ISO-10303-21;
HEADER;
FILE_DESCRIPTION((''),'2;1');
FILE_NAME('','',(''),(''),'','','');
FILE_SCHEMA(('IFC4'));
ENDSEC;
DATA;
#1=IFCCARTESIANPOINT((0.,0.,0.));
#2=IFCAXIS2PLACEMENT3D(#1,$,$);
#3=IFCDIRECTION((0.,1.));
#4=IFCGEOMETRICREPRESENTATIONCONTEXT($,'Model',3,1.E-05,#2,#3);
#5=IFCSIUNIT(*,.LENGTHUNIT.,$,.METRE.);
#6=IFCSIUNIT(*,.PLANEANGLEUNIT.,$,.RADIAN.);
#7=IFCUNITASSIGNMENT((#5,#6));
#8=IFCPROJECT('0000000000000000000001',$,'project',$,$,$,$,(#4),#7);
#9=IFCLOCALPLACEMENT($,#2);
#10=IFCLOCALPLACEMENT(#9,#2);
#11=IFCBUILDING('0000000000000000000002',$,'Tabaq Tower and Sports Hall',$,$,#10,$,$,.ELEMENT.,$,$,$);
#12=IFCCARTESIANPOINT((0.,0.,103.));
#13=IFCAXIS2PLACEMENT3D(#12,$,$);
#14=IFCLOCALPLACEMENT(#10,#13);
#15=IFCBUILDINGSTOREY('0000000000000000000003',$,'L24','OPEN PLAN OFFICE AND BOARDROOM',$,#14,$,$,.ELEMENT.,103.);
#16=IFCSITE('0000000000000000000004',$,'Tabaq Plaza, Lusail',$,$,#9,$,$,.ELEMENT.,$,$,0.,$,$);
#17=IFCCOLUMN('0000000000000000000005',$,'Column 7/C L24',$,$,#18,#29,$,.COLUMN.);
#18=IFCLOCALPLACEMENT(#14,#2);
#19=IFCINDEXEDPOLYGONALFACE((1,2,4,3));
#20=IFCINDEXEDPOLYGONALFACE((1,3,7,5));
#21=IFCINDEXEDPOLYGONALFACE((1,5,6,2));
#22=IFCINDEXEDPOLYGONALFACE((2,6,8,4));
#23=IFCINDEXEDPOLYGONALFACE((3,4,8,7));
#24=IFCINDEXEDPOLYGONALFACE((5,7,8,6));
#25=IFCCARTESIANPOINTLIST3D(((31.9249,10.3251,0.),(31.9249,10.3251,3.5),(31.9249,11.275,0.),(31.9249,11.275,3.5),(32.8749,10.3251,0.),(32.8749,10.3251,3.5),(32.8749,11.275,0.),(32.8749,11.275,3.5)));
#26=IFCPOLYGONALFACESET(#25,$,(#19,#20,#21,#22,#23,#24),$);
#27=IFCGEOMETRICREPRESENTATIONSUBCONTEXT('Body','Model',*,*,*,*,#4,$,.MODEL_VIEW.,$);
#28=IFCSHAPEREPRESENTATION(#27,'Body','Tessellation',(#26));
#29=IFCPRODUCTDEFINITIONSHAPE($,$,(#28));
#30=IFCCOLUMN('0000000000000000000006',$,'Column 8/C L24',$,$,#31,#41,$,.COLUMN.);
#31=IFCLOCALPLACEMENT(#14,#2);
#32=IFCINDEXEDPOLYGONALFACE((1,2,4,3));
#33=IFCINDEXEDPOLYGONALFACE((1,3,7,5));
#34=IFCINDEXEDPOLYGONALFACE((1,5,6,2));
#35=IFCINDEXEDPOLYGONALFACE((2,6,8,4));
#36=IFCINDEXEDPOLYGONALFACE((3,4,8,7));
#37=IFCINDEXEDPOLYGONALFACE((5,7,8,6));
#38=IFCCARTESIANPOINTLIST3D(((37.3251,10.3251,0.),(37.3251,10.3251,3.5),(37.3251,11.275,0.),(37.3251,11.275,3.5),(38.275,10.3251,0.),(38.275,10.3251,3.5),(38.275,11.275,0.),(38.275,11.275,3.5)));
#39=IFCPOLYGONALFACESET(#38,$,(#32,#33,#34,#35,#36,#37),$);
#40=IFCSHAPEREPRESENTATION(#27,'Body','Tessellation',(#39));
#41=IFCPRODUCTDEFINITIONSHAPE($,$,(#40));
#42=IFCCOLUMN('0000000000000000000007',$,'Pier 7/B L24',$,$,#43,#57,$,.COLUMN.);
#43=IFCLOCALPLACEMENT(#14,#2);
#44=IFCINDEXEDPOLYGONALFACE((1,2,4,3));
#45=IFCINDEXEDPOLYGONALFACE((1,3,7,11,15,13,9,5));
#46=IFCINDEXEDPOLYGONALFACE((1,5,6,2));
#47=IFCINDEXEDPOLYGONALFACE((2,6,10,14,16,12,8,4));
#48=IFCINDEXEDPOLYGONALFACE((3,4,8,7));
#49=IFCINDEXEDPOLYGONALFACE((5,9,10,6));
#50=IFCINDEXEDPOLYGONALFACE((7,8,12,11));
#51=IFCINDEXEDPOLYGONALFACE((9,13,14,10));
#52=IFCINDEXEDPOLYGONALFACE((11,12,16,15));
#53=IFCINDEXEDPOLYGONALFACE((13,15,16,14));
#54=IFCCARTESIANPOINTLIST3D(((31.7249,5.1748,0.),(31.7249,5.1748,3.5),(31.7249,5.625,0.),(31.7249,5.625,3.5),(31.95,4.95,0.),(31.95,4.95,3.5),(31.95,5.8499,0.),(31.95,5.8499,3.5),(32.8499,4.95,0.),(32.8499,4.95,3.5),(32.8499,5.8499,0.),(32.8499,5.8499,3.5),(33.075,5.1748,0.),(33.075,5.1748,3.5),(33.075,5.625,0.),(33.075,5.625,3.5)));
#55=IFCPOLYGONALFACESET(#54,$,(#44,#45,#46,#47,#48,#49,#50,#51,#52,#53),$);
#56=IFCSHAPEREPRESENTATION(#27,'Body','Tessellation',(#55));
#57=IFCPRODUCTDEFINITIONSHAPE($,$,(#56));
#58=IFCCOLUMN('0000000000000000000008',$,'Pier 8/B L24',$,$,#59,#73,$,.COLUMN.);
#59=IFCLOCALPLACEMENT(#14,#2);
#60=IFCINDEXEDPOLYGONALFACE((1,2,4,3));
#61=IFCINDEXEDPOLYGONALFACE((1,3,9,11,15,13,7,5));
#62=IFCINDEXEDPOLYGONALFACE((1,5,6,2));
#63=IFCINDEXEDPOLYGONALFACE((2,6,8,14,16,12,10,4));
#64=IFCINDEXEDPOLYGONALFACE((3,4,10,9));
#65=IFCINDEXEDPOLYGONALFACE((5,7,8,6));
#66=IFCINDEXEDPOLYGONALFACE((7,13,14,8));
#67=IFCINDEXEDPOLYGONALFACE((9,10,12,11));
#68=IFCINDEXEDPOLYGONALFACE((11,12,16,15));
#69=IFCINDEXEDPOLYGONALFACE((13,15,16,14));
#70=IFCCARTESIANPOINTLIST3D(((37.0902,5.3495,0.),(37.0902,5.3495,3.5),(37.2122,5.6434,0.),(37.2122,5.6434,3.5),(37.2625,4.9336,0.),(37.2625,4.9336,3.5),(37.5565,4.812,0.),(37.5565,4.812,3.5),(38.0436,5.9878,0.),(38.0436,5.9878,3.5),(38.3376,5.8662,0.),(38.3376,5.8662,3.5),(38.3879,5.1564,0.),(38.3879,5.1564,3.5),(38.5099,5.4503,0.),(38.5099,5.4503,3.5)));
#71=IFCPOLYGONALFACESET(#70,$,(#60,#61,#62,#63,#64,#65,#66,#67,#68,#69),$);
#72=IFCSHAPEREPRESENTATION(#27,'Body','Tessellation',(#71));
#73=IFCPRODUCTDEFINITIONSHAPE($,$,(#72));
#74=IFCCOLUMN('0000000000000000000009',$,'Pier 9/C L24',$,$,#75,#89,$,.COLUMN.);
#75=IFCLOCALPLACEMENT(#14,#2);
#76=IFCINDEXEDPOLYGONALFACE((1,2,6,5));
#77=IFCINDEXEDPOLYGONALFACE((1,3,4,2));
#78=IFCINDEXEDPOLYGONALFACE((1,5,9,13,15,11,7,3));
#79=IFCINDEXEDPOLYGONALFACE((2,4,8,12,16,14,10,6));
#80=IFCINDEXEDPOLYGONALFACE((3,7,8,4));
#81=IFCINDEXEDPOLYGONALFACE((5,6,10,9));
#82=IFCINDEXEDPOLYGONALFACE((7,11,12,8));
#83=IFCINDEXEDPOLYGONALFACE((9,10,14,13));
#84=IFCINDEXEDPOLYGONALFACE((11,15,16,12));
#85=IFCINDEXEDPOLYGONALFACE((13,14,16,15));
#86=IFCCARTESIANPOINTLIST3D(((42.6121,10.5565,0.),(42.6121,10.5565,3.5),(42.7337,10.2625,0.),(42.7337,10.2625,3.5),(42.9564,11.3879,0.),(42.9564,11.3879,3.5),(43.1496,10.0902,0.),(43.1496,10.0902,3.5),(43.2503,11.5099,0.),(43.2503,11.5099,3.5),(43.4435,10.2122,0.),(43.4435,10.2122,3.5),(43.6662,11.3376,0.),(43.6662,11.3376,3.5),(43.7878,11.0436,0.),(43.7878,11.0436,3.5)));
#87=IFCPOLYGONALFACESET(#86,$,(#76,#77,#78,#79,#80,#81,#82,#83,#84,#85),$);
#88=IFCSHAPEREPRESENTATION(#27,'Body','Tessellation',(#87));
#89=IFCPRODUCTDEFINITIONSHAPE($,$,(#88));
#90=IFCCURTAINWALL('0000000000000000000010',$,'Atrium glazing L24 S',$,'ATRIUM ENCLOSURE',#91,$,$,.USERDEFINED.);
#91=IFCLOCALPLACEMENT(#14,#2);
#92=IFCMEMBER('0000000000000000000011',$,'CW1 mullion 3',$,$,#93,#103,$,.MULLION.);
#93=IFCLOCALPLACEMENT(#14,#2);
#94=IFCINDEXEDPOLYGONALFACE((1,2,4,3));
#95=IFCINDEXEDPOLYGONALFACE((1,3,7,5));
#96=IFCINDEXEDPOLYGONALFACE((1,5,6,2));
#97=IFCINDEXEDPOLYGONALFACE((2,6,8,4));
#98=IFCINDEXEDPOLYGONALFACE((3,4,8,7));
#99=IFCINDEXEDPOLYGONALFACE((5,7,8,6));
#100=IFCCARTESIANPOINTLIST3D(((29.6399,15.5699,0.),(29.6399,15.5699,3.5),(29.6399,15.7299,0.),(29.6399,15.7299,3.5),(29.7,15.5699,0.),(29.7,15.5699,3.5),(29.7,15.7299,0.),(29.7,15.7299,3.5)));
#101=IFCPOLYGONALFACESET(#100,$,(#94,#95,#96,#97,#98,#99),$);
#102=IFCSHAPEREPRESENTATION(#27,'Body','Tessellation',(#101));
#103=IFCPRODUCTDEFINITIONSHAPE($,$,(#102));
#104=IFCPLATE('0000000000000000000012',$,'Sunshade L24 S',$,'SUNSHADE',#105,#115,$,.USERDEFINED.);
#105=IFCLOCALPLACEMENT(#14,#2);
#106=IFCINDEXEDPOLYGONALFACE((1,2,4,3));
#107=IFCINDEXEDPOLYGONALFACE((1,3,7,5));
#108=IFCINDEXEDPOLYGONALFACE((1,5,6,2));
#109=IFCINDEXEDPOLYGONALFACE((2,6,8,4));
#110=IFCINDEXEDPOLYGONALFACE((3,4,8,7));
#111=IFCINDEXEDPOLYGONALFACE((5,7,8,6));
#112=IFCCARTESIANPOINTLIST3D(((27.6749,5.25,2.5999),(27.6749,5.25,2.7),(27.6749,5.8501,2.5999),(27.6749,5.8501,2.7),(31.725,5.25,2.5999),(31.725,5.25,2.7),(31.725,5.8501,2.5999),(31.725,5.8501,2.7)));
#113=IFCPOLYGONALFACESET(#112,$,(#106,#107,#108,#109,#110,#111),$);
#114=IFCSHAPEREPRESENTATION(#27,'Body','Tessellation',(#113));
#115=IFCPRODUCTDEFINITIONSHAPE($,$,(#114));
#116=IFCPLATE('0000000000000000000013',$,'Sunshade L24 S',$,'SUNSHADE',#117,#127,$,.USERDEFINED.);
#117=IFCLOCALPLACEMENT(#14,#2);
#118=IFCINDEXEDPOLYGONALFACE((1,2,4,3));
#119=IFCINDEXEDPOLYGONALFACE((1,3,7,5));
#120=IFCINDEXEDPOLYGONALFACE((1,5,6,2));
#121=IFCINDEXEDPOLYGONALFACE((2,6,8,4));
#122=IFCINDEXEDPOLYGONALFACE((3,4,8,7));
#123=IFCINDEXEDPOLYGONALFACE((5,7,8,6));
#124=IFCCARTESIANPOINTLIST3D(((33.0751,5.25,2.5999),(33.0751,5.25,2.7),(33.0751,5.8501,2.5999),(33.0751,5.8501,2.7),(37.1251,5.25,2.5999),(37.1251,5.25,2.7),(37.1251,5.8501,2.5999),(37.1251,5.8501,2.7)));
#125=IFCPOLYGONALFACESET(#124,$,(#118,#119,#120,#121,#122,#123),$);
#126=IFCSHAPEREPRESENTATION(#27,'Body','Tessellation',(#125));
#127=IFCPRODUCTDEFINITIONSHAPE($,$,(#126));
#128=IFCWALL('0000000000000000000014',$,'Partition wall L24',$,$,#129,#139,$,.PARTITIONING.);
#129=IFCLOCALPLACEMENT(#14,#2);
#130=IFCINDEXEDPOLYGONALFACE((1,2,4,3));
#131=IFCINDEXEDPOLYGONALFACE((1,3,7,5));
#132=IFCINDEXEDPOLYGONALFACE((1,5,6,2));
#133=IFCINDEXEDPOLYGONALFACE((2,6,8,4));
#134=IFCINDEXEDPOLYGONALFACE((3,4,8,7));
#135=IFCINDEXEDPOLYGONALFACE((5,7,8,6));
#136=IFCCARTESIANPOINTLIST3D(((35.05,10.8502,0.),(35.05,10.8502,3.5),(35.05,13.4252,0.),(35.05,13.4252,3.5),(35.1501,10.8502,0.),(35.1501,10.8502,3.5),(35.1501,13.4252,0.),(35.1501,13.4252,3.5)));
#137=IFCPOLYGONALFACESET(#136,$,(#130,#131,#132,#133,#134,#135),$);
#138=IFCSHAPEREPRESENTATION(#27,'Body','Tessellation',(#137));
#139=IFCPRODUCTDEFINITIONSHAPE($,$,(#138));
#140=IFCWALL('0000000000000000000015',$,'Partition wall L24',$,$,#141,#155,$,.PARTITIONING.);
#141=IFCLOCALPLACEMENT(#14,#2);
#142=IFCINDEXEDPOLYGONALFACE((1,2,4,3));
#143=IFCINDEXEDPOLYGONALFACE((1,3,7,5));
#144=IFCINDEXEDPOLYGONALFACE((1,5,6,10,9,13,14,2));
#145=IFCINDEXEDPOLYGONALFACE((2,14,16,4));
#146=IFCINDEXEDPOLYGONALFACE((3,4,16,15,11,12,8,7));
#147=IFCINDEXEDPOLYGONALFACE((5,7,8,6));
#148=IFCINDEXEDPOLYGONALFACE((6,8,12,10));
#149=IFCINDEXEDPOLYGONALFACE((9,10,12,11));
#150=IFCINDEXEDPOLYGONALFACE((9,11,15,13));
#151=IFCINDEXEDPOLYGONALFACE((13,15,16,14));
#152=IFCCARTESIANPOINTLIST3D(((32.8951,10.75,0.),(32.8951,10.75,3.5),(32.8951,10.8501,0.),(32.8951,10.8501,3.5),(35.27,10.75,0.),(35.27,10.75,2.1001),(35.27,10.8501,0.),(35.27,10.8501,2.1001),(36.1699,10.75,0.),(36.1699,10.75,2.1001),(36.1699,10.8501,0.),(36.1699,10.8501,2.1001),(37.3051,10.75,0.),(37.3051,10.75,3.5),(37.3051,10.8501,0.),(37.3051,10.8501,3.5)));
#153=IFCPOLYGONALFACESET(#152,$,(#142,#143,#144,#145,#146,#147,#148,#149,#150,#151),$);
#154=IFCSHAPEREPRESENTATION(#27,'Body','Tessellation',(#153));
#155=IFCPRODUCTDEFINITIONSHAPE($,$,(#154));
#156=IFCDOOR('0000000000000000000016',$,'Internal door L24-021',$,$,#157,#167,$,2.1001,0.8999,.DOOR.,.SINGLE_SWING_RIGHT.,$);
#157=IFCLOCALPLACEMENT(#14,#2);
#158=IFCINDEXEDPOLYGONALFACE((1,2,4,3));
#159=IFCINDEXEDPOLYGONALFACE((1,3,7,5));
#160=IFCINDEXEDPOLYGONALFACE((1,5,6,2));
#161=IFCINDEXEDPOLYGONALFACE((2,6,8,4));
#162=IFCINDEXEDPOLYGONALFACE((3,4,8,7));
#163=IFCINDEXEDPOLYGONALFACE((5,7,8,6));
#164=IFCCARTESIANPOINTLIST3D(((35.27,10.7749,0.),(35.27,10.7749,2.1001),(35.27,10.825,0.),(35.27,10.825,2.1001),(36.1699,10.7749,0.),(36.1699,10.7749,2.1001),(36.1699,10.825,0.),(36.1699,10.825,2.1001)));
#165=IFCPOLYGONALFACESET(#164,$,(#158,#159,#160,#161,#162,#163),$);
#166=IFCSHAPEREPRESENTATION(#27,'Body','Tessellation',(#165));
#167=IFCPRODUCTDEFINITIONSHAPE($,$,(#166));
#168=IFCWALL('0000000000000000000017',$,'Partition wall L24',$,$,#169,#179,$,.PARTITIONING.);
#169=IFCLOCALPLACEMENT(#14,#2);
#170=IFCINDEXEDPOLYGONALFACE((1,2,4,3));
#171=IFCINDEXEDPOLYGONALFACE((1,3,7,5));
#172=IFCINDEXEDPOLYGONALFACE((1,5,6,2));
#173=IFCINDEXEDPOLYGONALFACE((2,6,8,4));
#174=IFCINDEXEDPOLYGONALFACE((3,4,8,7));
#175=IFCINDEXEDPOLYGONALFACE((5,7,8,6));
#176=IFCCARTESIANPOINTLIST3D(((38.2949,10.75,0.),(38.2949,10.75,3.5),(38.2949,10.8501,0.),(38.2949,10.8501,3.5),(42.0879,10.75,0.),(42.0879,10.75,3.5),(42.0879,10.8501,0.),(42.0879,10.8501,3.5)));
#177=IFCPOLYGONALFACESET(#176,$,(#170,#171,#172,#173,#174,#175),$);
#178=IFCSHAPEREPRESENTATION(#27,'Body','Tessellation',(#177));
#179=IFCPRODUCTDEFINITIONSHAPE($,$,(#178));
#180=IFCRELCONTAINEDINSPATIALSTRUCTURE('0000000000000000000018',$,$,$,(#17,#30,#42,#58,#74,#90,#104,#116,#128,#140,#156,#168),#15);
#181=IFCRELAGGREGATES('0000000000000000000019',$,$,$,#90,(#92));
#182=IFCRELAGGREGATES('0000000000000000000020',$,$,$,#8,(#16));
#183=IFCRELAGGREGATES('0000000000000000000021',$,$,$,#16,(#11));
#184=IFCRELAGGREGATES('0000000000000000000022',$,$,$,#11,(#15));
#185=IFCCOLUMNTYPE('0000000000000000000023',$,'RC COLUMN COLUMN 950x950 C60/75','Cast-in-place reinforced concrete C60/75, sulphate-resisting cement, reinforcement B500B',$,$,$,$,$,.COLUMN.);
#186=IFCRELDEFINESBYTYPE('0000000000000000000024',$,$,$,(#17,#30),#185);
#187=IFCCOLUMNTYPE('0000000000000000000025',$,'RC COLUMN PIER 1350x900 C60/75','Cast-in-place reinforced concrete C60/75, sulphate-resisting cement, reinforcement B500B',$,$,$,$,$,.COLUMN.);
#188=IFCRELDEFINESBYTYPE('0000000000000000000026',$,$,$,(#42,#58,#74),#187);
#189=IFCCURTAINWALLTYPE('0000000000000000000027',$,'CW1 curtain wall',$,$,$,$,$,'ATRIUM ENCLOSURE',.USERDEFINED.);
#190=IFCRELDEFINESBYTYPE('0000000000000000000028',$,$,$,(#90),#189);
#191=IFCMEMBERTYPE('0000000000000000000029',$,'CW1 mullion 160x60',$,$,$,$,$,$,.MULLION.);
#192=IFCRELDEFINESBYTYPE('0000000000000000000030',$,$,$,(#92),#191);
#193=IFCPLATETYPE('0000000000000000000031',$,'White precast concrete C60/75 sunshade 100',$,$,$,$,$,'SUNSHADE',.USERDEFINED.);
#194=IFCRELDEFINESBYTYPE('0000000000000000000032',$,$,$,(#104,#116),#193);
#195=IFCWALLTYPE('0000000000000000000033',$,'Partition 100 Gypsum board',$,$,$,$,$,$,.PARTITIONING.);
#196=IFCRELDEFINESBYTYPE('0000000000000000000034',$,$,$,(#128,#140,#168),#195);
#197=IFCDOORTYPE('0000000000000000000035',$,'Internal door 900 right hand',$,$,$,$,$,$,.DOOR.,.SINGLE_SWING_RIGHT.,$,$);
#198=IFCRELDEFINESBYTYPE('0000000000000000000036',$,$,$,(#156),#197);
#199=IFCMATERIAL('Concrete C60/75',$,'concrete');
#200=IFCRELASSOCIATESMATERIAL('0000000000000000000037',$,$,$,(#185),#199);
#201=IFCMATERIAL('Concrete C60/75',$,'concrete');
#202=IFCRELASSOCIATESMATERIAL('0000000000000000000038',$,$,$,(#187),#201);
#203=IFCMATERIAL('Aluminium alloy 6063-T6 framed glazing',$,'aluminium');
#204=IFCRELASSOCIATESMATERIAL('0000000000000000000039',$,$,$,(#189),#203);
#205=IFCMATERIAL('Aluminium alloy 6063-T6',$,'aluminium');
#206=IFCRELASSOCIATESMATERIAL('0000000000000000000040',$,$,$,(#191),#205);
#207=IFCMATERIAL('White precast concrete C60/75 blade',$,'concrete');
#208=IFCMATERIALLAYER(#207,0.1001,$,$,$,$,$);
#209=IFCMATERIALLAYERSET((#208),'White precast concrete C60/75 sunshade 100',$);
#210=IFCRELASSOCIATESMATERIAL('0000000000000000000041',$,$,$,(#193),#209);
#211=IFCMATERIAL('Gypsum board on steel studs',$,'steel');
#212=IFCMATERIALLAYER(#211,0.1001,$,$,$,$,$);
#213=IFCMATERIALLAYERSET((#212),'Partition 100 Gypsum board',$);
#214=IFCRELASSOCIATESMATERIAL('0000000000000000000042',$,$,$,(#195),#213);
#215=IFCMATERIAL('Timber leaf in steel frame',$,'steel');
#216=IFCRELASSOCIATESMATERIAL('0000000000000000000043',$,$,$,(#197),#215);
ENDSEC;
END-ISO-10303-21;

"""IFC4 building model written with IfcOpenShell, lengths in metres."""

from ifc_helpers import new_model, si_unit, direction, frame, frame_2d, origin, origin_2d, place, context, subcontext, project, spatial, polyline, rectangle, outline, extrude, material, layer, layer_set, material_profile, profile_set, type_object, element, fill, aggregate, save


model = new_model("IFC4")

# Units and contexts
model_context = context("Model", 3, precision=1e-05, world=origin(), true_north=direction((0.0, 1.0)))
body_context = subcontext(model_context, "Body", "Model", "MODEL_VIEW")
ifc_project = project(units=[si_unit("LENGTHUNIT", "METRE"), si_unit("PLANEANGLEUNIT", "RADIAN")], contexts=[model_context])

# Site, building, storey
site_placement = place(None, origin())
site = spatial("IfcSite", under=ifc_project, at=site_placement, Name="Tabaq Plaza, Lusail", CompositionType="ELEMENT", RefElevation=0.0)
building_placement = place(site_placement, origin())
building = spatial("IfcBuilding", under=site, at=building_placement, Name="Tabaq Tower and Sports Hall", CompositionType="ELEMENT")
storey_placement = place(building_placement, frame((0.0, 0.0, 103.0)))
storey = spatial("IfcBuildingStorey", under=building, at=storey_placement, Name="L24", Description="OPEN PLAN OFFICE AND BOARDROOM", CompositionType="ELEMENT", Elevation=103.0)

# Columns
ifc_material_1 = material(Name="Concrete C60/75", Category="concrete")
ifc_material_profile_1 = material_profile(ifc_material_1, rectangle(XDim=0.95, YDim=0.95, at=origin_2d()), Name="COLUMN 950x950")
ifc_profile_set_1 = profile_set([ifc_material_profile_1], Name="Concrete C60/75")
column_type_1 = type_object("IfcColumnType", Name="RC COLUMN COLUMN 950x950 C60/75", Description="Cast-in-place reinforced concrete C60/75, sulphate-resisting cement, reinforcement B500B", PredefinedType="COLUMN", material=ifc_profile_set_1)
for number, where, z_axis, x_axis, name in (
    (1, (32.3999, 10.8, 0.0), (0.0, 0.0, 1.0), (1.0, 0.0, 0.0), "Column 7/C L24"),
    (2, (37.8, 10.8, 0.0), (0.0, 0.0, 1.0), (1.0, 0.0, 0.0), "Column 8/C L24"),
):
    element("IfcColumn", number, at=place(storey_placement, frame(where, z_axis=z_axis, x_axis=x_axis)), inside=storey, type_object=column_type_1, Name=name, PredefinedType="COLUMN", context=body_context, shape_type="SweptSolid", body=[
        extrude(rectangle(XDim=0.95, YDim=0.95, at=origin_2d()), origin(), (0.0, 0.0, 1.0), 3.5),
    ])
ifc_material_2 = material(Name="Concrete C60/75", Category="concrete")
ifc_material_profile_2 = material_profile(ifc_material_2, outline(polyline([(-0.45, -0.45), (0.45, -0.45), (0.675, -0.2251), (0.675, 0.2251), (0.45, 0.45), (-0.45, 0.45), (-0.675, 0.2251), (-0.675, -0.2251), (-0.45, -0.45)])), Name="PIER 1350x900")
ifc_profile_set_2 = profile_set([ifc_material_profile_2], Name="Concrete C60/75")
column_type_2 = type_object("IfcColumnType", Name="RC COLUMN PIER 1350x900 C60/75", Description="Cast-in-place reinforced concrete C60/75, sulphate-resisting cement, reinforcement B500B", PredefinedType="COLUMN", material=ifc_profile_set_2)
for number, where, z_axis, x_axis, name in (
    (3, (32.3999, 5.3999, 0.0), (0.0, 0.0, 1.0), (1.0, 0.0, 0.0), "Pier 7/B L24"),
    (4, (37.8, 5.3999, 0.0), (0.0, 0.0, 1.0), (0.92388, 0.382683, 0.0), "Pier 8/B L24"),
    (5, (43.2, 10.8, 0.0), (0.0, 0.0, 1.0), (0.382683, 0.92388, 0.0), "Pier 9/C L24"),
):
    element("IfcColumn", number, at=place(storey_placement, frame(where, z_axis=z_axis, x_axis=x_axis)), inside=storey, type_object=column_type_2, Name=name, PredefinedType="COLUMN", context=body_context, shape_type="SweptSolid", body=[
        extrude(outline(polyline([(-0.45, -0.45), (0.45, -0.45), (0.675, -0.2251), (0.675, 0.2251), (0.45, 0.45), (-0.45, 0.45), (-0.675, 0.2251), (-0.675, -0.2251), (-0.45, -0.45)])), origin(), (0.0, 0.0, 1.0), 3.5),
    ])

# Curtain wall, member
ifc_material_3 = material(Name="Aluminium alloy 6063-T6 framed glazing", Category="aluminium")
curtain_wall_type = type_object("IfcCurtainWallType", Name="CW1 curtain wall", ElementType="ATRIUM ENCLOSURE", PredefinedType="USERDEFINED", material=ifc_material_3)
curtain_wall_placement = place(storey_placement, origin())
curtain_wall = element("IfcCurtainWall", 6, at=curtain_wall_placement, inside=storey, type_object=curtain_wall_type, Name="Atrium glazing L24 S", ObjectType="ATRIUM ENCLOSURE", PredefinedType="USERDEFINED")
ifc_material_4 = material(Name="Aluminium alloy 6063-T6", Category="aluminium")
ifc_material_profile_3 = material_profile(ifc_material_4, rectangle(XDim=0.1599, YDim=0.0601, at=origin_2d()), Name="MULLION 160x60")
ifc_profile_set_3 = profile_set([ifc_material_profile_3], Name="Aluminium alloy 6063-T6")
member_type = type_object("IfcMemberType", Name="CW1 mullion 160x60", PredefinedType="MULLION", material=ifc_profile_set_3)
member_placement = place(storey_placement, frame((29.6699, 15.6499, 0.0), z_axis=(0.0, 0.0, 1.0), x_axis=(0.0, 1.0, 0.0)))
member = element("IfcMember", 7, at=member_placement, type_object=member_type, Name="CW1 mullion 3", PredefinedType="MULLION", context=body_context, shape_type="SweptSolid", body=[
    extrude(rectangle(XDim=0.1599, YDim=0.0601, at=origin_2d()), origin(), (0.0, 0.0, 1.0), 3.5),
])
aggregate(curtain_wall, [member])

# Plates
ifc_material_5 = material(Name="White precast concrete C60/75 blade", Category="concrete")
ifc_layer_1 = layer(ifc_material_5, 0.1001)
ifc_layer_set_1 = layer_set([ifc_layer_1], Name="White precast concrete C60/75 sunshade 100")
plate_type = type_object("IfcPlateType", Name="White precast concrete C60/75 sunshade 100", ElementType="SUNSHADE", PredefinedType="USERDEFINED", material=ifc_layer_set_1)
for number, where, z_axis, x_axis, name in (
    (8, (29.7, 5.55, 2.5999), (0.0, 0.0, 1.0), (1.0, 0.0, 0.0), "Sunshade L24 S"),
    (9, (35.1001, 5.55, 2.5999), (0.0, 0.0, 1.0), (1.0, 0.0, 0.0), "Sunshade L24 S"),
):
    element("IfcPlate", number, at=place(storey_placement, frame(where, z_axis=z_axis, x_axis=x_axis)), inside=storey, type_object=plate_type, Name=name, ObjectType="SUNSHADE", PredefinedType="USERDEFINED", context=body_context, shape_type="SweptSolid", body=[
        extrude(rectangle(XDim=4.05, YDim=0.6001, at=origin_2d()), origin(), (0.0, 0.0, 1.0), 0.1001),
    ])

# Wall
ifc_material_6 = material(Name="Gypsum board on steel studs", Category="steel")
ifc_layer_2 = layer(ifc_material_6, 0.1001)
ifc_layer_set_2 = layer_set([ifc_layer_2], Name="Partition 100 Gypsum board")
wall_type_1 = type_object("IfcWallType", Name="Partition 100 Gypsum board", PredefinedType="PARTITIONING", material=ifc_layer_set_2)
wall_1_placement = place(storey_placement, frame((35.1001, 10.8501, 0.0), z_axis=(0.0, 0.0, 1.0), x_axis=(0.0, 1.0, 0.0)))
element("IfcWall", 10, at=wall_1_placement, inside=storey, type_object=wall_type_1, Name="Partition wall L24", PredefinedType="PARTITIONING", context=body_context, shape_type="SweptSolid", body=[
    extrude(rectangle(XDim=2.575, YDim=0.1001, at=frame_2d((1.2876, 0.0))), origin(), (0.0, 0.0, 1.0), 3.5),
])

# Wall, opening, door
wall_2_placement = place(storey_placement, frame((32.895, 10.8, 0.0), z_axis=(0.0, 0.0, 1.0), x_axis=(1.0, 0.0, 0.0)))
wall_2 = element("IfcWall", 11, at=wall_2_placement, inside=storey, type_object=wall_type_1, Name="Partition wall L24", PredefinedType="PARTITIONING", context=body_context, shape_type="SweptSolid", body=[
    extrude(rectangle(XDim=4.4099, YDim=0.1001, at=frame_2d((2.2051, 0.0))), origin(), (0.0, 0.0, 1.0), 3.5),
])
opening_1_placement = place(wall_2_placement, frame((2.375, 0.0, 0.0)))
opening_1 = element("IfcOpeningElement", 12, at=opening_1_placement, cuts=wall_2, PredefinedType="OPENING", context=body_context, shape_type="SweptSolid", body=[
    extrude(rectangle(XDim=0.8999, YDim=2.1001, at=frame_2d((0.45, 1.05))), frame((0.0, 0.05, 0.0), z_axis=(0.0, -1.0, 0.0), x_axis=(1.0, 0.0, 0.0)), (0.0, 0.0, 1.0), 0.1001),
])
ifc_material_7 = material(Name="Timber leaf in steel frame", Category="steel")
door_type = type_object("IfcDoorType", Name="Internal door 900 right hand", OperationType="SINGLE_SWING_RIGHT", PredefinedType="DOOR", material=ifc_material_7)
door_placement = place(opening_1_placement, origin())
door = element("IfcDoor", 13, at=door_placement, inside=storey, type_object=door_type, Name="Internal door L24-021", OperationType="SINGLE_SWING_RIGHT", OverallHeight=2.1001, OverallWidth=0.8999, PredefinedType="DOOR", context=body_context, shape_type="SweptSolid", body=[
    extrude(rectangle(XDim=0.8999, YDim=2.1001, at=frame_2d((0.45, 1.05))), frame((0.0, 0.0249, 0.0), z_axis=(0.0, -1.0, 0.0), x_axis=(1.0, 0.0, 0.0)), (0.0, 0.0, 1.0), 0.05),
])
fill(opening_1, door)

# Wall
wall_3_placement = place(storey_placement, frame((38.2949, 10.8, 0.0), z_axis=(0.0, 0.0, 1.0), x_axis=(1.0, 0.0, 0.0)))
element("IfcWall", 14, at=wall_3_placement, inside=storey, type_object=wall_type_1, Name="Partition wall L24", PredefinedType="PARTITIONING", context=body_context, shape_type="SweptSolid", body=[
    extrude(rectangle(XDim=3.793, YDim=0.1001, at=frame_2d((1.8965, 0.0))), origin(), (0.0, 0.0, 1.0), 3.5),
])

save(model, "model.ifc")
